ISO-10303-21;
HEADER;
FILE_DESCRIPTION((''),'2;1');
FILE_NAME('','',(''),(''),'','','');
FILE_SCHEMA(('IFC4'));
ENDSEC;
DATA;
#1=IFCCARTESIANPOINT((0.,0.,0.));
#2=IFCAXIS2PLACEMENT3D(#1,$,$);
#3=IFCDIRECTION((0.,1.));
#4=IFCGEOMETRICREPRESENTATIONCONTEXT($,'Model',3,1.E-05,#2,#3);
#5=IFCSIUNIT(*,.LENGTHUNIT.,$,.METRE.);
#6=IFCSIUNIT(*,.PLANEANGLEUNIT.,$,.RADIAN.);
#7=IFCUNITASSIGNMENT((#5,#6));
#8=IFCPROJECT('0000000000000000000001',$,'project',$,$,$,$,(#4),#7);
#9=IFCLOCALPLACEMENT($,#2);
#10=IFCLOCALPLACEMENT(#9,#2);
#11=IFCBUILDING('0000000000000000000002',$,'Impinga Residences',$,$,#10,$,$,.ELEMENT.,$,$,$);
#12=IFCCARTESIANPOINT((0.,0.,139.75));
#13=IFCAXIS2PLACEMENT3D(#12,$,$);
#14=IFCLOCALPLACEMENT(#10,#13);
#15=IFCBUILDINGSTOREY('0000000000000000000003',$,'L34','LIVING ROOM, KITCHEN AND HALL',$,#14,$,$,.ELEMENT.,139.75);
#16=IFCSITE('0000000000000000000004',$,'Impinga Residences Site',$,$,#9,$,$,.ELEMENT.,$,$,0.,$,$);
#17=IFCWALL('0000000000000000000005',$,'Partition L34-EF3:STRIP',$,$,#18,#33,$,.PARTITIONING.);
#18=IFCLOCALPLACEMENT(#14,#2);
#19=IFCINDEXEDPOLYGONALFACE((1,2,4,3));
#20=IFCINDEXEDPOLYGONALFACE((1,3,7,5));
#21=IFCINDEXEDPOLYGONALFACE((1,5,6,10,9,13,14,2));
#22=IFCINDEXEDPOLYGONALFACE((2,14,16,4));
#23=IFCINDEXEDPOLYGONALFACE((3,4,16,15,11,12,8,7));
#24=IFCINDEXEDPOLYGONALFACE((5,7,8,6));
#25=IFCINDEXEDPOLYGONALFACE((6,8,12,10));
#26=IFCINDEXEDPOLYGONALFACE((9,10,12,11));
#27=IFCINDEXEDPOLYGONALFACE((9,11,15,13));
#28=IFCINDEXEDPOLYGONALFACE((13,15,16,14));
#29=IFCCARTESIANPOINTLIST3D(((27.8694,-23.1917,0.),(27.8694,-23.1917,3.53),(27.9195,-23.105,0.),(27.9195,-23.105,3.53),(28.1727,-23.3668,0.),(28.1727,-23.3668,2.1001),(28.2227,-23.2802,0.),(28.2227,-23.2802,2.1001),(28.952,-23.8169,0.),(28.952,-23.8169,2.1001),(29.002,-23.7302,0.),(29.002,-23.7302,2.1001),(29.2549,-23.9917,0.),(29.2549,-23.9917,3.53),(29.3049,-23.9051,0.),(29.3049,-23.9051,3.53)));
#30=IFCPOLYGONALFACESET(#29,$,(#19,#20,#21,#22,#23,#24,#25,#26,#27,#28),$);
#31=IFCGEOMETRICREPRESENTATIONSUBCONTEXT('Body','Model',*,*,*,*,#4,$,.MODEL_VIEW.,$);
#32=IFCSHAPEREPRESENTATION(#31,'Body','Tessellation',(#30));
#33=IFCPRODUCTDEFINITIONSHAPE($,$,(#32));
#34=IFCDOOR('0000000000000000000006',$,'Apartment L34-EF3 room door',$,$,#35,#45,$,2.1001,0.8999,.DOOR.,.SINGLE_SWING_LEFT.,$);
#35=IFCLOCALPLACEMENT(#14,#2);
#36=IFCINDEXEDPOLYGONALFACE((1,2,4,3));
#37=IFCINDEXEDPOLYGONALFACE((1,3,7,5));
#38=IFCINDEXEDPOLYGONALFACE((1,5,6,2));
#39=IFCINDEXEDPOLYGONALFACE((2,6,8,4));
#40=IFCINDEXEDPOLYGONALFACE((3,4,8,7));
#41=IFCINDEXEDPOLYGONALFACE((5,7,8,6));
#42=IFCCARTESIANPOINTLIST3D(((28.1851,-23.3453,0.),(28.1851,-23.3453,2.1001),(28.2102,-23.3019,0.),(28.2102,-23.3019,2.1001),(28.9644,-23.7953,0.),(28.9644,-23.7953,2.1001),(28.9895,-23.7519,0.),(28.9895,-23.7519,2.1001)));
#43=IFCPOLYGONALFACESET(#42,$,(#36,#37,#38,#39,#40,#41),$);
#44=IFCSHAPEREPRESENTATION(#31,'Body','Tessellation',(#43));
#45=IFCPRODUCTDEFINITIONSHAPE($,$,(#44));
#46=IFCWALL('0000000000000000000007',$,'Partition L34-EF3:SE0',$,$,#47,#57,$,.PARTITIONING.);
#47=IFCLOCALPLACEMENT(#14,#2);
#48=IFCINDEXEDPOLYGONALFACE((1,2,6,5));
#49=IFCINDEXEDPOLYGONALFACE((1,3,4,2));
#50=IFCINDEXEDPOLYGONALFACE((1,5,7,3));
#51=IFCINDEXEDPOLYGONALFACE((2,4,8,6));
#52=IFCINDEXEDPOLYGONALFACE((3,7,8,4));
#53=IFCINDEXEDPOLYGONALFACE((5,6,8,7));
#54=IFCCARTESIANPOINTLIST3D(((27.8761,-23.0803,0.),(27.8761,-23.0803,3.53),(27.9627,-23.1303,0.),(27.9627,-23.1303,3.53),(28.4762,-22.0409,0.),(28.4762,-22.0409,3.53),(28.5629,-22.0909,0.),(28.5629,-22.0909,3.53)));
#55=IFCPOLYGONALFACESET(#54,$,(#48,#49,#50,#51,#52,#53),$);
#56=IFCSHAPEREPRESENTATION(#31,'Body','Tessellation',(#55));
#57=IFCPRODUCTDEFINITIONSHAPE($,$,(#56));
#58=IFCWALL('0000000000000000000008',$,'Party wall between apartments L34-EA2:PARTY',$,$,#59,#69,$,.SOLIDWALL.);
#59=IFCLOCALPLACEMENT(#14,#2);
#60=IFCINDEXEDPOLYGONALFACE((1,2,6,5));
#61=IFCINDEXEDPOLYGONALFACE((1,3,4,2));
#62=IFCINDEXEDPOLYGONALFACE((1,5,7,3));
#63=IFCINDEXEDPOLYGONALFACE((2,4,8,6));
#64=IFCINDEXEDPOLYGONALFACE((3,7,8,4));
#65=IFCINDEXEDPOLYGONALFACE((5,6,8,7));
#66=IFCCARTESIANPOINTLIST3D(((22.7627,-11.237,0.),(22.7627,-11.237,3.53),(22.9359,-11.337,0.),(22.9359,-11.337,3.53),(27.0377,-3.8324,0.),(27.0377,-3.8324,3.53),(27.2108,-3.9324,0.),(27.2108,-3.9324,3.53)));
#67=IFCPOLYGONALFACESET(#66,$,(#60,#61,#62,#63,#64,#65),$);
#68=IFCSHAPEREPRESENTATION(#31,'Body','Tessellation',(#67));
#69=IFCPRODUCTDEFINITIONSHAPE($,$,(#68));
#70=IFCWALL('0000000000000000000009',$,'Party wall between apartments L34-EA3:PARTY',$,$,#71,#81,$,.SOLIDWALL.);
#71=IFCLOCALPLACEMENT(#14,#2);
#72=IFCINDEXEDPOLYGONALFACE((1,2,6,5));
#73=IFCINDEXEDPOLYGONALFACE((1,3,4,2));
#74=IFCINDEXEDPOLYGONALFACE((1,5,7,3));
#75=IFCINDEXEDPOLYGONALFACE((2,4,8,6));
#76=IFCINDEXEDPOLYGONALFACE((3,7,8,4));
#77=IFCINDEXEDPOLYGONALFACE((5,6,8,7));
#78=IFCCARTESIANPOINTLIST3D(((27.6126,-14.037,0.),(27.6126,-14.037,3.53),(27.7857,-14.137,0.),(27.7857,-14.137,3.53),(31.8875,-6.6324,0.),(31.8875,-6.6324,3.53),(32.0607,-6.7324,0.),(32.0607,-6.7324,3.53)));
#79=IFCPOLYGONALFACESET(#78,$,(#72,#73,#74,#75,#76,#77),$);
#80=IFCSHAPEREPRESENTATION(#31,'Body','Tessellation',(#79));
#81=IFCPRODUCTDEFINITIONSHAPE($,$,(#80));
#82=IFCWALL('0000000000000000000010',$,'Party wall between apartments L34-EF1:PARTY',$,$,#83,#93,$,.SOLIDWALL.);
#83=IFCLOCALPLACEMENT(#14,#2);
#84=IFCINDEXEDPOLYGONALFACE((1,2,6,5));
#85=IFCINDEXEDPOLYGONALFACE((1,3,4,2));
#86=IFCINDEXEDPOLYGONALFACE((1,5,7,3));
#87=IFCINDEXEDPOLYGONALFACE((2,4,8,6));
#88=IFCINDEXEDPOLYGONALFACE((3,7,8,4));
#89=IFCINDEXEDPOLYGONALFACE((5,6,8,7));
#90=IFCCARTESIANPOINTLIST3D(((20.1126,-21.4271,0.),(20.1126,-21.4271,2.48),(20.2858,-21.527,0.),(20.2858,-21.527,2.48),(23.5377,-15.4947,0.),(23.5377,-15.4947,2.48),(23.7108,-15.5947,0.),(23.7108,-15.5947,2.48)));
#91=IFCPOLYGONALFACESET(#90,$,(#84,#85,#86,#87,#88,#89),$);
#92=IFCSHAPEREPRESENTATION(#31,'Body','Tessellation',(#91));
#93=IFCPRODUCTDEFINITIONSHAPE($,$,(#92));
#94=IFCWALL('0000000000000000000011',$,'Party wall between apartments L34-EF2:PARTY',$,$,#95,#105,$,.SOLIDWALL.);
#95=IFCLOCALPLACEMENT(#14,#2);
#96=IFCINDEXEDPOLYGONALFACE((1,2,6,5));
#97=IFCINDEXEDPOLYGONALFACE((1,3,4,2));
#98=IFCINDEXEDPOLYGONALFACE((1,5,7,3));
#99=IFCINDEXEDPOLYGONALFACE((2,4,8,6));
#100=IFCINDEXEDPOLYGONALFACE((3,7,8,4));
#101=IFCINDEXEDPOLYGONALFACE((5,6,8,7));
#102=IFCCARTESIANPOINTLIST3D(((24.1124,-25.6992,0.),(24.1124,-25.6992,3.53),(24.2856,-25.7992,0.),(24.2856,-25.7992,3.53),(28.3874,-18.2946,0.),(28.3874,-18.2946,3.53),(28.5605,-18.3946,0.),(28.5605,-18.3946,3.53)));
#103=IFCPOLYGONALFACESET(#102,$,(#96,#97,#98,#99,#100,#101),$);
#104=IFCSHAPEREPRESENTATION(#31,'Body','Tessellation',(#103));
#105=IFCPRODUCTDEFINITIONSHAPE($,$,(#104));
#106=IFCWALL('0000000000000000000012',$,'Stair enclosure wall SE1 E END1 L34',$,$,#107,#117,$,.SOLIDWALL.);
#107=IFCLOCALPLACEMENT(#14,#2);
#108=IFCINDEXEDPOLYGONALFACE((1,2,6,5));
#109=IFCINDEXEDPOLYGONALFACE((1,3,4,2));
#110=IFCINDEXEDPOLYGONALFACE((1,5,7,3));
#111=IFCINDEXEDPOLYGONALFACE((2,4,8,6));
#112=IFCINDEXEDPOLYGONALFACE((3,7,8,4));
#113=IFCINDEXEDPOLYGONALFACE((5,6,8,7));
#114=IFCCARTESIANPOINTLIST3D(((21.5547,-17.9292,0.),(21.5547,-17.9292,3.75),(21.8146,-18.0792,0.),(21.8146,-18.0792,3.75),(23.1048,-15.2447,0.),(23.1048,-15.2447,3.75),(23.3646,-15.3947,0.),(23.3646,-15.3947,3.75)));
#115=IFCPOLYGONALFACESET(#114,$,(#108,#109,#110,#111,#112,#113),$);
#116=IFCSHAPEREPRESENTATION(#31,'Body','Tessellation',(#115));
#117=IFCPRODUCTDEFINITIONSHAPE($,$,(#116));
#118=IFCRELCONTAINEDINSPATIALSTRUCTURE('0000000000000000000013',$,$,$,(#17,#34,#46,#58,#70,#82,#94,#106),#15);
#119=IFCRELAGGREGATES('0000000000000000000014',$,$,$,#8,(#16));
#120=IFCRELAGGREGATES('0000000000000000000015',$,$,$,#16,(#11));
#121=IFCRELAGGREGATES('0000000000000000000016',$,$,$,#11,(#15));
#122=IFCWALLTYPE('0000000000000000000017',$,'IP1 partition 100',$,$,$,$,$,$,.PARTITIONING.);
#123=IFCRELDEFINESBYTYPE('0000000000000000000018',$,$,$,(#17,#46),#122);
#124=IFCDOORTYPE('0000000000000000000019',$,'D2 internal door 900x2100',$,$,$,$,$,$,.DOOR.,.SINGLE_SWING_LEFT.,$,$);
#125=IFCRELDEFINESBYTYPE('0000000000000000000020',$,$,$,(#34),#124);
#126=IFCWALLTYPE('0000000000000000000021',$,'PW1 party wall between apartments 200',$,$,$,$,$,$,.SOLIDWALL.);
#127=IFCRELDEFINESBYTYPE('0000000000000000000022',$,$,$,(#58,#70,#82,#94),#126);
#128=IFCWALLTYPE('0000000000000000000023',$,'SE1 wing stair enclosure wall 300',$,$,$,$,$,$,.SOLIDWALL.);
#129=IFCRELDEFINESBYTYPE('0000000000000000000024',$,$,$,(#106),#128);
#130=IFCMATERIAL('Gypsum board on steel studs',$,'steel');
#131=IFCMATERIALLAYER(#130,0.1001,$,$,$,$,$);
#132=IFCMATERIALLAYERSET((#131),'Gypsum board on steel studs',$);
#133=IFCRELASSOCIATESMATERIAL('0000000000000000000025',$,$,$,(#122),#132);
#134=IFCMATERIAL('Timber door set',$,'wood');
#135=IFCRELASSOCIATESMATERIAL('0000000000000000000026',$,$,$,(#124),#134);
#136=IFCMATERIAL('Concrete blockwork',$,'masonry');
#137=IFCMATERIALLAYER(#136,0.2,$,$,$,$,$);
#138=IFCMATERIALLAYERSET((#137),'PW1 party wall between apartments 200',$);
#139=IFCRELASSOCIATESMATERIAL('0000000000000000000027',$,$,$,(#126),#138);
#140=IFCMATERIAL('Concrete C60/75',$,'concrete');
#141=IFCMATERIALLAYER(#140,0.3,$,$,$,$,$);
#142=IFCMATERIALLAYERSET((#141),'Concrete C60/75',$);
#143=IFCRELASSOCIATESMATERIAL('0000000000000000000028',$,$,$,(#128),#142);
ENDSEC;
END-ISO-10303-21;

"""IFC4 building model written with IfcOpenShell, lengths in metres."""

from ifc_helpers import new_model, si_unit, direction, frame, frame_2d, origin, place, context, subcontext, project, spatial, rectangle, extrude, material, layer, layer_set, type_object, element, fill, save


model = new_model("IFC4")

# Units and contexts
model_context = context("Model", 3, precision=1e-05, world=origin(), true_north=direction((0.0, 1.0)))
body_context = subcontext(model_context, "Body", "Model", "MODEL_VIEW")
ifc_project = project(units=[si_unit("LENGTHUNIT", "METRE"), si_unit("PLANEANGLEUNIT", "RADIAN")], contexts=[model_context])

# Site, building, storey
site_placement = place(None, origin())
site = spatial("IfcSite", under=ifc_project, at=site_placement, Name="Impinga Residences Site", CompositionType="ELEMENT", RefElevation=0.0)
building_placement = place(site_placement, origin())
building = spatial("IfcBuilding", under=site, at=building_placement, Name="Impinga Residences", CompositionType="ELEMENT")
storey_placement = place(building_placement, frame((0.0, 0.0, 139.75)))
storey = spatial("IfcBuildingStorey", under=building, at=storey_placement, Name="L34", Description="LIVING ROOM, KITCHEN AND HALL", CompositionType="ELEMENT", Elevation=139.75)

# Shared definitions
ifc_material_1 = material(Name="Concrete C60/75", Category="concrete")

# Shared definitions
ifc_material_2 = material(Name="Gypsum board on steel studs", Category="steel")
ifc_layer_1 = layer(ifc_material_2, 0.1001)
ifc_layer_set_1 = layer_set([ifc_layer_1], Name="Gypsum board on steel studs")
wall_type_1 = type_object("IfcWallType", Name="IP1 partition 100", PredefinedType="PARTITIONING", material=ifc_layer_set_1)
ifc_material_3 = material(Name="Timber door set", Category="wood")
door_type = type_object("IfcDoorType", Name="D2 internal door 900x2100", OperationType="SINGLE_SWING_LEFT", PredefinedType="DOOR", material=ifc_material_3)

# Wall, opening, door
wall_1_placement = place(storey_placement, frame((27.8945, -23.1484, 0.0), z_axis=(0.0, 0.0, 1.0), x_axis=(0.86599, -0.500061, 0.0)))
wall_1 = element("IfcWall", 1, at=wall_1_placement, inside=storey, type_object=wall_type_1, Name="Partition L34-EF3:STRIP", PredefinedType="PARTITIONING", context=body_context, shape_type="SweptSolid", body=[
    extrude(rectangle(XDim=1.5999, YDim=0.1001, at=frame_2d((0.7998, 0.0))), origin(), (0.0, 0.0, 1.0), 3.53),
])
opening_1_placement = place(wall_1_placement, frame((0.3501, 0.0, 0.0)))
opening_1 = element("IfcOpeningElement", 2, at=opening_1_placement, cuts=wall_1, PredefinedType="OPENING", context=body_context, shape_type="SweptSolid", body=[
    extrude(rectangle(XDim=0.8999, YDim=2.1001, at=frame_2d((0.45, 1.05))), frame((0.0, 0.0601, 0.0), z_axis=(0.0, -1.0, 0.0), x_axis=(1.0, 0.0, 0.0)), (0.0, 0.0, 1.0), 0.1201),
])
door_1_placement = place(opening_1_placement, origin())
door_1 = element("IfcDoor", 3, at=door_1_placement, inside=storey, type_object=door_type, Name="Apartment L34-EF3 room door", OperationType="SINGLE_SWING_LEFT", OverallHeight=2.1001, OverallWidth=0.8999, PredefinedType="DOOR", context=body_context, shape_type="SweptSolid", body=[
    extrude(rectangle(XDim=0.8999, YDim=2.1001, at=frame_2d((0.45, 1.05))), frame((0.0, 0.0249, 0.0), z_axis=(0.0, -1.0, 0.0), x_axis=(1.0, 0.0, 0.0)), (0.0, 0.0, 1.0), 0.05),
])
fill(opening_1, door_1)

# Walls
wall_2_placement = place(storey_placement, frame((28.5195, -22.0659, 0.0), z_axis=(0.0, 0.0, 1.0), x_axis=(-0.500034, -0.866006, 0.0)))
element("IfcWall", 4, at=wall_2_placement, inside=storey, type_object=wall_type_1, Name="Partition L34-EF3:SE0", PredefinedType="PARTITIONING", context=body_context, shape_type="SweptSolid", body=[
    extrude(rectangle(XDim=1.2002, YDim=0.1001, at=frame_2d((0.6001, 0.0))), origin(), (0.0, 0.0, 1.0), 3.53),
])
ifc_material_4 = material(Name="Concrete blockwork", Category="masonry")
ifc_layer_2 = layer(ifc_material_4, 0.2)
ifc_layer_set_2 = layer_set([ifc_layer_2], Name="PW1 party wall between apartments 200")
wall_type_2 = type_object("IfcWallType", Name="PW1 party wall between apartments 200", PredefinedType="SOLIDWALL", material=ifc_layer_set_2)
for number, where, z_axis, x_axis, name in (
    (5, (22.8494, -11.2869, 0.0), (0.0, 0.0, 1.0), (0.49999, 0.866031, 0.0), "Party wall between apartments L34-EA2:PARTY"),
    (6, (27.6992, -14.0869, 0.0), (0.0, 0.0, 1.0), (0.49999, 0.866031, 0.0), "Party wall between apartments L34-EA3:PARTY"),
):
    element("IfcWall", number, at=place(storey_placement, frame(where, z_axis=z_axis, x_axis=x_axis)), inside=storey, type_object=wall_type_2, Name=name, PredefinedType="SOLIDWALL", context=body_context, shape_type="SweptSolid", body=[
        extrude(rectangle(XDim=8.55, YDim=0.2, at=frame_2d((4.2749, 0.0))), origin(), (0.0, 0.0, 1.0), 3.53),
    ])
wall_3_placement = place(storey_placement, frame((23.6243, -15.5447, 0.0), z_axis=(0.0, 0.0, 1.0), x_axis=(-0.499999, -0.866026, 0.0)))
element("IfcWall", 7, at=wall_3_placement, inside=storey, type_object=wall_type_2, Name="Party wall between apartments L34-EF1:PARTY", PredefinedType="SOLIDWALL", context=body_context, shape_type="SweptSolid", body=[
    extrude(rectangle(XDim=6.8501, YDim=0.2, at=frame_2d((3.425, 0.0))), origin(), (0.0, 0.0, 1.0), 2.48),
])
wall_4_placement = place(storey_placement, frame((28.4739, -18.3447, 0.0), z_axis=(0.0, 0.0, 1.0), x_axis=(-0.49999, -0.866031, 0.0)))
element("IfcWall", 8, at=wall_4_placement, inside=storey, type_object=wall_type_2, Name="Party wall between apartments L34-EF2:PARTY", PredefinedType="SOLIDWALL", context=body_context, shape_type="SweptSolid", body=[
    extrude(rectangle(XDim=8.55, YDim=0.2, at=frame_2d((4.2749, 0.0))), origin(), (0.0, 0.0, 1.0), 3.53),
])
ifc_layer_3 = layer(ifc_material_1, 0.3)
ifc_layer_set_3 = layer_set([ifc_layer_3], Name="Concrete C60/75")
wall_type_3 = type_object("IfcWallType", Name="SE1 wing stair enclosure wall 300", PredefinedType="SOLIDWALL", material=ifc_layer_set_3)
wall_5_placement = place(storey_placement, frame((23.2346, -15.3198, 0.0), z_axis=(0.0, 0.0, 1.0), x_axis=(-0.500027, -0.86601, 0.0)))
element("IfcWall", 9, at=wall_5_placement, inside=storey, type_object=wall_type_3, Name="Stair enclosure wall SE1 E END1 L34", PredefinedType="SOLIDWALL", context=body_context, shape_type="SweptSolid", body=[
    extrude(rectangle(XDim=3.0999, YDim=0.3, at=frame_2d((1.5498, 0.0))), origin(), (0.0, 0.0, 1.0), 3.75),
])

save(model, "model.ifc")
